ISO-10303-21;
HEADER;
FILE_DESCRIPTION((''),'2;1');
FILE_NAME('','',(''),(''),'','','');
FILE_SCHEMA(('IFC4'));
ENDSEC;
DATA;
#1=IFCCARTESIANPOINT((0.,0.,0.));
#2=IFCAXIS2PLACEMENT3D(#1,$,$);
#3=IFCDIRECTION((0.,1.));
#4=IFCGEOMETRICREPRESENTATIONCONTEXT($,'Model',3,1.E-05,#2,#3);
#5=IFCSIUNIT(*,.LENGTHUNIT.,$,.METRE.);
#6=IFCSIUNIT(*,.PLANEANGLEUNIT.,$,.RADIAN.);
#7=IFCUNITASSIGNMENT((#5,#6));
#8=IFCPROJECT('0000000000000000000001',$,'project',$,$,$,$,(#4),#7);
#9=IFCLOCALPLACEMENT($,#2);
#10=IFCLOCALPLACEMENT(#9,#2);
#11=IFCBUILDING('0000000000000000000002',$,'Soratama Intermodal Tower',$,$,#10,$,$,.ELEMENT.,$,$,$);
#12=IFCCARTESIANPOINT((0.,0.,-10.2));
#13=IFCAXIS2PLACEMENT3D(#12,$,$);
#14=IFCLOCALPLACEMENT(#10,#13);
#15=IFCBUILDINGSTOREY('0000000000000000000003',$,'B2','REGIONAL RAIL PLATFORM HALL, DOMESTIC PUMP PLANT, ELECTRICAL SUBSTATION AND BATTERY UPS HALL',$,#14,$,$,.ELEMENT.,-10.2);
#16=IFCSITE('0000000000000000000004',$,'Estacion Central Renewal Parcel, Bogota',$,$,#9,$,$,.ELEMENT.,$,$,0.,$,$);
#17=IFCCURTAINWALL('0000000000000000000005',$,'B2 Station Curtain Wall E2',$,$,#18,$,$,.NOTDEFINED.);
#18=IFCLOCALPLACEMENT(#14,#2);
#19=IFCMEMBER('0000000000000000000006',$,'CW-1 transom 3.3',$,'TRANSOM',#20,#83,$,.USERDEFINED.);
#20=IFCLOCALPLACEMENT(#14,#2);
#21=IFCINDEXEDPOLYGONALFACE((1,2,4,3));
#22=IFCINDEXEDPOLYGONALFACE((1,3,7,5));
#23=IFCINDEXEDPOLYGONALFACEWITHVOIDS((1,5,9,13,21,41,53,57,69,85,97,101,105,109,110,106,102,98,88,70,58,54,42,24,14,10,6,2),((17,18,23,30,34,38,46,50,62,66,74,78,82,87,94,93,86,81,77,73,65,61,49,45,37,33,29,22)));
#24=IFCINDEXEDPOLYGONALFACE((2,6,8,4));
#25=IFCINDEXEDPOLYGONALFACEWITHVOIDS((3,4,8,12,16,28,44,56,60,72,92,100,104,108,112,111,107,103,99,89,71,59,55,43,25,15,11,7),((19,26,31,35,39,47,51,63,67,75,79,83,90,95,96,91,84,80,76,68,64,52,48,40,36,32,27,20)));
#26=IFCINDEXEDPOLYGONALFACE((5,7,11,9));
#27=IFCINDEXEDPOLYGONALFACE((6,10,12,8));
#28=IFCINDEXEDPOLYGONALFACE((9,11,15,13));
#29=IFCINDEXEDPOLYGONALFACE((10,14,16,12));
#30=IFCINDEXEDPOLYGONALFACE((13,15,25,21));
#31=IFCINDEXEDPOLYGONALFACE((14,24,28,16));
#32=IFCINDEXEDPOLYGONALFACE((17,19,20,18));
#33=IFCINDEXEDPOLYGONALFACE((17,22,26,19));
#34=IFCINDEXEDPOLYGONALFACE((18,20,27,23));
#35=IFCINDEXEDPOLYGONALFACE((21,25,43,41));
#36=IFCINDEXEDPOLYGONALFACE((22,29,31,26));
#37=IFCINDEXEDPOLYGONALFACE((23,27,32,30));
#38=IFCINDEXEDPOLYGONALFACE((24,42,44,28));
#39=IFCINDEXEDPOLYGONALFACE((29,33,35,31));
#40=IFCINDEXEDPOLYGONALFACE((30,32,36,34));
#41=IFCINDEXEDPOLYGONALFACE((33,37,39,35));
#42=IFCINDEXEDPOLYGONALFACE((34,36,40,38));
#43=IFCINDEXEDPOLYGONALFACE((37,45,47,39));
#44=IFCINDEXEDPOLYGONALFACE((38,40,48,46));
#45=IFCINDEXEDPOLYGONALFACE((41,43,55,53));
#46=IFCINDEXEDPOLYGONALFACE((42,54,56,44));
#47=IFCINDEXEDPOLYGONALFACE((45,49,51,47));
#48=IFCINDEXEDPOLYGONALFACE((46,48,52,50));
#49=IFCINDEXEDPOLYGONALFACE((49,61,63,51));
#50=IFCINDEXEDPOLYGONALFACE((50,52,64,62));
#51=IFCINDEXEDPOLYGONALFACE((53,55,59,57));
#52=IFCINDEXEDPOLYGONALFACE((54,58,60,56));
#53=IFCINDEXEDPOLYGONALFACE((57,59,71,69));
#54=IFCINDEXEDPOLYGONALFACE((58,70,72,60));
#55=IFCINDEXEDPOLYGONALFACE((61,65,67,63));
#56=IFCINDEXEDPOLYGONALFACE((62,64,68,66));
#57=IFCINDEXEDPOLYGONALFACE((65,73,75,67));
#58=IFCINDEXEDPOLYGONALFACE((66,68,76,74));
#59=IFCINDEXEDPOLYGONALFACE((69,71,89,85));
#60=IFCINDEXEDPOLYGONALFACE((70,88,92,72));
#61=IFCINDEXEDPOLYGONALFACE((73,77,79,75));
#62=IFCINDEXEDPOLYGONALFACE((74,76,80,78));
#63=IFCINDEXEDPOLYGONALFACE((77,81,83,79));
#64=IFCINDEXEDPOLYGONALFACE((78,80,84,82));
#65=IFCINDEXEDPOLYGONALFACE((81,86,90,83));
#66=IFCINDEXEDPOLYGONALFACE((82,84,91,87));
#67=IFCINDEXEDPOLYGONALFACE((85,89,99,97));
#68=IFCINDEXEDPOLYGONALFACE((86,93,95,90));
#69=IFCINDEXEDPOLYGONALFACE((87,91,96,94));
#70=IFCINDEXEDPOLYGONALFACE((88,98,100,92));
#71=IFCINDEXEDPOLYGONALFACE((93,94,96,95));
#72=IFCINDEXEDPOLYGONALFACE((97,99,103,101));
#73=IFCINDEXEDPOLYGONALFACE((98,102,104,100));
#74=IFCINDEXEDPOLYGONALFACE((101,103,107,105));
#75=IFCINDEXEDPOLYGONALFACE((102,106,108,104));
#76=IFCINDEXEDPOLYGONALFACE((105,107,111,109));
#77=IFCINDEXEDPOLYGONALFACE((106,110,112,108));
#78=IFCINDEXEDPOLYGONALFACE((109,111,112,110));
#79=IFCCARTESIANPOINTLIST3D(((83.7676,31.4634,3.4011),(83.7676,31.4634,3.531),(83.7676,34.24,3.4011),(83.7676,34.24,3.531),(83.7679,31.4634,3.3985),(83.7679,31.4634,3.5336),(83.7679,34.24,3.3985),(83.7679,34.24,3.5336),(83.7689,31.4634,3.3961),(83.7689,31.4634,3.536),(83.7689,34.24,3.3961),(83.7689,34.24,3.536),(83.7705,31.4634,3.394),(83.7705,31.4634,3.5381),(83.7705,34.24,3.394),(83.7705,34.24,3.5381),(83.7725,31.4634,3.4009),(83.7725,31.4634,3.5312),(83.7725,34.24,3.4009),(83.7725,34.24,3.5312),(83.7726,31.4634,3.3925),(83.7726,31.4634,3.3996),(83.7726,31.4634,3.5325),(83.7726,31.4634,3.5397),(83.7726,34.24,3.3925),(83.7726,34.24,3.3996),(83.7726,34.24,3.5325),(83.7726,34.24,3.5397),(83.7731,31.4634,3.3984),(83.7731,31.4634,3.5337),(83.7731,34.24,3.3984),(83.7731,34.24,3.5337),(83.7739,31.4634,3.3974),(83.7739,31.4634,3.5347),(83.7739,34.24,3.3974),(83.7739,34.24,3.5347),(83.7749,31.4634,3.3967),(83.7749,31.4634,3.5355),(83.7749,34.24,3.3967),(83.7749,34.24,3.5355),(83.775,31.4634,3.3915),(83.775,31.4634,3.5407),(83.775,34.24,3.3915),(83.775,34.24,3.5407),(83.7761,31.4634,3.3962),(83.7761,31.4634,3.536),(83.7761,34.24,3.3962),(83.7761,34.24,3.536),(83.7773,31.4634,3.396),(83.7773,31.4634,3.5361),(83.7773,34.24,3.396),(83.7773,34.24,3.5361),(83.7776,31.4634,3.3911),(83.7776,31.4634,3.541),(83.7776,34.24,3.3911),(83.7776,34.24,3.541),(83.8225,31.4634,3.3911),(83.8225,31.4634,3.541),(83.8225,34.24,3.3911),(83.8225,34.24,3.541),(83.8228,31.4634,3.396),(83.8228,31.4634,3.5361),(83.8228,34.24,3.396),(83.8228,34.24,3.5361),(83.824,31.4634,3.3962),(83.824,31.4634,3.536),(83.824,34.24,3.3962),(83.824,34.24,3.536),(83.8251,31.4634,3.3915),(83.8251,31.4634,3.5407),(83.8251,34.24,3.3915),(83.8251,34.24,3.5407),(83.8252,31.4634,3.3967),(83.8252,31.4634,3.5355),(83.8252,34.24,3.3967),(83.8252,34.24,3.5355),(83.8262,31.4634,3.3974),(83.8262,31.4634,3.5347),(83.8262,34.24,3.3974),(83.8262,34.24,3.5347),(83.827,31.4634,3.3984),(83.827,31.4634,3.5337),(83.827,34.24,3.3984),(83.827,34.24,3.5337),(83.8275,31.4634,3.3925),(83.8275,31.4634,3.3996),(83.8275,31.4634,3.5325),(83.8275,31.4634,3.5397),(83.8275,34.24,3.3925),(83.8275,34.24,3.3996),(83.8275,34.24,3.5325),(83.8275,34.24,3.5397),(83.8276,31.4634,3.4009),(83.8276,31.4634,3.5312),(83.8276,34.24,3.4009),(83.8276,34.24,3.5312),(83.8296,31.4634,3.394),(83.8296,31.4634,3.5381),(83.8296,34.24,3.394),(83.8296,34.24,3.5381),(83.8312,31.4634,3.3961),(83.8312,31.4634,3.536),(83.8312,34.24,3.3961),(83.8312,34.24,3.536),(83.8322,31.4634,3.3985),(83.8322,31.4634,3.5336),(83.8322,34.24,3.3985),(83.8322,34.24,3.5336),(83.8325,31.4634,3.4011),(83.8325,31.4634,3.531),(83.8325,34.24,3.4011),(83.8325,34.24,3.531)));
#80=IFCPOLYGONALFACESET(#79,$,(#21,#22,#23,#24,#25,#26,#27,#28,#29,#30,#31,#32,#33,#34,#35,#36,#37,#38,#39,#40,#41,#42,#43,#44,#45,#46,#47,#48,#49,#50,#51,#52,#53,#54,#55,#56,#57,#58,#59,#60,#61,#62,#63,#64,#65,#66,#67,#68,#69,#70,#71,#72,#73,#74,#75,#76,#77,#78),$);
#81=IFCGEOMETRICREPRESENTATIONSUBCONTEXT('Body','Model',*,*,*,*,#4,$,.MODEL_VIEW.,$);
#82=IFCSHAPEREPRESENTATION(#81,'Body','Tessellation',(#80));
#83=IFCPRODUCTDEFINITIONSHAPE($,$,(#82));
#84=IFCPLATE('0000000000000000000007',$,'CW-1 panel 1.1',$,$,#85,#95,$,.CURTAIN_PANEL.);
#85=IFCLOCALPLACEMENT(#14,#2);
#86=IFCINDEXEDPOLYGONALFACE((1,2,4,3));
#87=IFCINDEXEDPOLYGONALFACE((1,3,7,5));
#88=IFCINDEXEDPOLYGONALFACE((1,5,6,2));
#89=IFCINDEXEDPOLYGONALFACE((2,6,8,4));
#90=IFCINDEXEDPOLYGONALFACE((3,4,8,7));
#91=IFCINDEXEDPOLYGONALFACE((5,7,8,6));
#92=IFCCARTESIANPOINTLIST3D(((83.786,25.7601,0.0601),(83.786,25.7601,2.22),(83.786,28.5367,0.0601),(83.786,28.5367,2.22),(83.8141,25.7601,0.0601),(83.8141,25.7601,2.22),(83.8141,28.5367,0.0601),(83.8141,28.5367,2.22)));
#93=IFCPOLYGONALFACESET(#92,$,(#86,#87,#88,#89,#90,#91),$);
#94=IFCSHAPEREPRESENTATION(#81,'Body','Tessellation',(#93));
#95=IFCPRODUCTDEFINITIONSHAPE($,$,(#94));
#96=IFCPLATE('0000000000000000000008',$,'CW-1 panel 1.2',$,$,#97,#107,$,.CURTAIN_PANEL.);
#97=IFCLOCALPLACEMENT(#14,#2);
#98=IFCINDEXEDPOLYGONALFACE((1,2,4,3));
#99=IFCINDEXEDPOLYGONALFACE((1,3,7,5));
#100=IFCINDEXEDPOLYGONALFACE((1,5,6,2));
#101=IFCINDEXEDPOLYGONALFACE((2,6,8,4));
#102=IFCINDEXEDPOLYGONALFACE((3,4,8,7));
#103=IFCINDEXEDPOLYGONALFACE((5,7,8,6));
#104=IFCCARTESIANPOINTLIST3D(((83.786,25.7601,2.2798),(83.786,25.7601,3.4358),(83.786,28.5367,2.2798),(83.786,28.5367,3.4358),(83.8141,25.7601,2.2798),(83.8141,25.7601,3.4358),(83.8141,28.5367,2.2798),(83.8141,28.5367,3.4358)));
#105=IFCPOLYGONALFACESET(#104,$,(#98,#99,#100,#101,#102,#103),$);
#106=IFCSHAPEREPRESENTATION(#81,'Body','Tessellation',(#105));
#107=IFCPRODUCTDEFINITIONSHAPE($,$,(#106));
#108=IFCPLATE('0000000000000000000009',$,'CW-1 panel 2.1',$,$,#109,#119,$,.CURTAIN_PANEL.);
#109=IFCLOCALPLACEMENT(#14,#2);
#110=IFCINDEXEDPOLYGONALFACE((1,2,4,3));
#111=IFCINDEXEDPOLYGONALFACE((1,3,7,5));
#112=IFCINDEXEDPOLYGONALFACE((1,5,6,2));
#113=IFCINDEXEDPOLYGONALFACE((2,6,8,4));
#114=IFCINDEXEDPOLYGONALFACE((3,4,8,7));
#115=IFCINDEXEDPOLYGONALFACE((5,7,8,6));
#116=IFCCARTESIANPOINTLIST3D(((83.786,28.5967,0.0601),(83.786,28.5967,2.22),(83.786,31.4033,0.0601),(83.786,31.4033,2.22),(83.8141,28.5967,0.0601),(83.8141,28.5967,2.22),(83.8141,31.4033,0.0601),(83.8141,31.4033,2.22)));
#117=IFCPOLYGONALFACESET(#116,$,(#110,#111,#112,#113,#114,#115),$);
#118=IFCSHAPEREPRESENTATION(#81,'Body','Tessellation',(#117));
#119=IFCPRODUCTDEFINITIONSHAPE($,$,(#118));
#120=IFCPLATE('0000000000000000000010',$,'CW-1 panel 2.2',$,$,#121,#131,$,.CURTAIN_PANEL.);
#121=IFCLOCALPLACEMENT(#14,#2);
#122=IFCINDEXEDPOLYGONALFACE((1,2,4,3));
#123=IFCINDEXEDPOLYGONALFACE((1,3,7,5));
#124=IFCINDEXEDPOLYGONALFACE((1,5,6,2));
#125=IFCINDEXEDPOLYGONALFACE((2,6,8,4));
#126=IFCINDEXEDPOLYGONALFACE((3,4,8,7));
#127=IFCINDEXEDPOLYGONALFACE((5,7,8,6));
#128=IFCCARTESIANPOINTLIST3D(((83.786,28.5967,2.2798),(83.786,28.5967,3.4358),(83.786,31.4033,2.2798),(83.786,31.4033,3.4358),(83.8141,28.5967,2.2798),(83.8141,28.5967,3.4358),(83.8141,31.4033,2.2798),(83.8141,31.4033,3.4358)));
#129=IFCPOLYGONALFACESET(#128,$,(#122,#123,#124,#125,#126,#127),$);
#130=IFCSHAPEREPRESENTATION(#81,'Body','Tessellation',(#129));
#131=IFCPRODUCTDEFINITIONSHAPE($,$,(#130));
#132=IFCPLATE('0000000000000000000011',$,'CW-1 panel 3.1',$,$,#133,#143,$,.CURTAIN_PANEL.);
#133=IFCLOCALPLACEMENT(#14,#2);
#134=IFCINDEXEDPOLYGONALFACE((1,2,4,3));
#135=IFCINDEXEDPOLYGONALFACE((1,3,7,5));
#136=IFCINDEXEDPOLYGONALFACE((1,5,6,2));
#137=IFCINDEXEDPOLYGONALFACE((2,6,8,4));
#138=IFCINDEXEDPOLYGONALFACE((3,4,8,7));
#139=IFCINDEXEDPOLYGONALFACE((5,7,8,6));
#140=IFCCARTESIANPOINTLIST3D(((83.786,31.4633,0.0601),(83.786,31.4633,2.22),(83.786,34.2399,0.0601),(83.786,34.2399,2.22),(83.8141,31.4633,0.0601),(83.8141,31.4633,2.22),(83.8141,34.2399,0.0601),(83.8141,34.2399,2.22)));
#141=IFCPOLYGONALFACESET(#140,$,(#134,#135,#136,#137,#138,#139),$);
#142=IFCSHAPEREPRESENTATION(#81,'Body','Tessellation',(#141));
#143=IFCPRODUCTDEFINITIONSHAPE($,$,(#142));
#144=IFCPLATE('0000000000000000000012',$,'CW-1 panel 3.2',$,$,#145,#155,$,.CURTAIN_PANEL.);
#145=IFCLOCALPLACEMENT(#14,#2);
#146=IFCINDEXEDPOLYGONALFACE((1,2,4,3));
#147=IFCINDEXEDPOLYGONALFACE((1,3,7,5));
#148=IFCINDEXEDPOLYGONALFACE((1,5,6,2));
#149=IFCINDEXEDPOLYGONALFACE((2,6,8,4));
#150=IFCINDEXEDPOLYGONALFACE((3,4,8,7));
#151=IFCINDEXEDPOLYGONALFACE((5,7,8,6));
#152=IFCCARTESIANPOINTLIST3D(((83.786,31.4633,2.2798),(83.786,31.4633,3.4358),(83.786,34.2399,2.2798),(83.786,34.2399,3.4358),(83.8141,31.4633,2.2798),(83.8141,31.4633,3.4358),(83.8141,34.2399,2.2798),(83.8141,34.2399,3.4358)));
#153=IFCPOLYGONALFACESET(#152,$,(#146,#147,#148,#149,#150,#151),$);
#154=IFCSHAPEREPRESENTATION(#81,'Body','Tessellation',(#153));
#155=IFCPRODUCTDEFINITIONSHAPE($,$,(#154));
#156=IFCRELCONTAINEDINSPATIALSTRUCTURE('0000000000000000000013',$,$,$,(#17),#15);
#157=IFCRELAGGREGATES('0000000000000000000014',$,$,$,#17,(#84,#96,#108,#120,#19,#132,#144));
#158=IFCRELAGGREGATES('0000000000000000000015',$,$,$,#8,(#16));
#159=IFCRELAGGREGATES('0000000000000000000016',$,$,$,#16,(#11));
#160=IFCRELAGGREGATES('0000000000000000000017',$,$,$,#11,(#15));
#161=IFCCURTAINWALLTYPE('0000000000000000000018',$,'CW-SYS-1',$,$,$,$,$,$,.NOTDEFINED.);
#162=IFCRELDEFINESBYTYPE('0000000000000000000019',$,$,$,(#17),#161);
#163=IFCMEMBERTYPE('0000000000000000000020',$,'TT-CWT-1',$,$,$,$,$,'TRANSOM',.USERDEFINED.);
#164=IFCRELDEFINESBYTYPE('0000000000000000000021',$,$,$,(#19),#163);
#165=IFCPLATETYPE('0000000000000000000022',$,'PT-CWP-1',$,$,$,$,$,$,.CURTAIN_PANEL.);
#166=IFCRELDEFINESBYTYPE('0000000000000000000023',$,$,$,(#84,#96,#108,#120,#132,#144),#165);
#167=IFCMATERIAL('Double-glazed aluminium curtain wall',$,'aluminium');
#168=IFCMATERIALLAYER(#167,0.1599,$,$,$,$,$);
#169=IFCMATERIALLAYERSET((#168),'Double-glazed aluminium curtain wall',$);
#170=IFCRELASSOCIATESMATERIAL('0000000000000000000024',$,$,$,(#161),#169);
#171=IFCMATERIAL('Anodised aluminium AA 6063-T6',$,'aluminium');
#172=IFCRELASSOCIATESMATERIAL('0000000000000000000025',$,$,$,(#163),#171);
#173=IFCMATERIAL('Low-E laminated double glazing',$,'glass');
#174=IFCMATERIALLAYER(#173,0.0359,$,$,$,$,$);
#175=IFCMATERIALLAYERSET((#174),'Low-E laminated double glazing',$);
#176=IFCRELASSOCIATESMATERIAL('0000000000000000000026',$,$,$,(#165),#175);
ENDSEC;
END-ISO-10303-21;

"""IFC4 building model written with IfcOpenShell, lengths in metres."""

from ifc_helpers import new_model, si_unit, direction, frame, origin, origin_2d, place, context, subcontext, project, spatial, rectangle, hollow_rectangle, extrude, material, layer, layer_set, material_profile, profile_set, type_object, element, aggregate, save


model = new_model("IFC4")

# Units and contexts
model_context = context("Model", 3, precision=1e-05, world=origin(), true_north=direction((0.0, 1.0)))
body_context = subcontext(model_context, "Body", "Model", "MODEL_VIEW")
ifc_project = project(units=[si_unit("LENGTHUNIT", "METRE"), si_unit("PLANEANGLEUNIT", "RADIAN")], contexts=[model_context])

# Site, building, storey
site_placement = place(None, origin())
site = spatial("IfcSite", under=ifc_project, at=site_placement, Name="Estacion Central Renewal Parcel, Bogota", CompositionType="ELEMENT", RefElevation=0.0)
building_placement = place(site_placement, origin())
building = spatial("IfcBuilding", under=site, at=building_placement, Name="Soratama Intermodal Tower", CompositionType="ELEMENT")
storey_placement = place(building_placement, frame((0.0, 0.0, -10.2)))
storey = spatial("IfcBuildingStorey", under=building, at=storey_placement, Name="B2", Description="REGIONAL RAIL PLATFORM HALL, DOMESTIC PUMP PLANT, ELECTRICAL SUBSTATION AND BATTERY UPS HALL", CompositionType="ELEMENT", Elevation=-10.2)

# Curtain wall, member, plates
ifc_material_1 = material(Name="Double-glazed aluminium curtain wall", Category="aluminium")
ifc_layer_1 = layer(ifc_material_1, 0.1599)
ifc_layer_set_1 = layer_set([ifc_layer_1], Name="Double-glazed aluminium curtain wall")
curtain_wall_type = type_object("IfcCurtainWallType", Name="CW-SYS-1", PredefinedType="NOTDEFINED", material=ifc_layer_set_1)
curtain_wall_placement = place(storey_placement, origin())
curtain_wall = element("IfcCurtainWall", 1, at=curtain_wall_placement, inside=storey, type_object=curtain_wall_type, Name="B2 Station Curtain Wall E2", PredefinedType="NOTDEFINED")
ifc_material_2 = material(Name="Anodised aluminium AA 6063-T6", Category="aluminium")
ifc_material_profile_1 = material_profile(ifc_material_2, hollow_rectangle(XDim=0.0649, YDim=0.1499, WallThickness=0.0049, InnerFilletRadius=0.0049, OuterFilletRadius=0.01, at=origin_2d()), Name="CWT150X65X5")
ifc_profile_set_1 = profile_set([ifc_material_profile_1], Name="Anodised aluminium AA 6063-T6")
member_type_1 = type_object("IfcMemberType", Name="TT-CWT-1", ElementType="TRANSOM", PredefinedType="USERDEFINED", material=ifc_profile_set_1)
member_1_placement = place(storey_placement, frame((83.8, 31.4634, 3.4661), z_axis=(0.0, 1.0, 0.0), x_axis=(-1.0, 0.0, 0.0)))
member_1 = element("IfcMember", 2, at=member_1_placement, type_object=member_type_1, Name="CW-1 transom 3.3", ObjectType="TRANSOM", PredefinedType="USERDEFINED", context=body_context, shape_type="SweptSolid", body=[
    extrude(hollow_rectangle(XDim=0.0649, YDim=0.1499, WallThickness=0.0049, InnerFilletRadius=0.0049, OuterFilletRadius=0.01, at=origin_2d()), origin(), (0.0, 0.0, 1.0), 2.7766),
])
ifc_material_3 = material(Name="Low-E laminated double glazing", Category="glass")
ifc_layer_2 = layer(ifc_material_3, 0.0359)
ifc_layer_set_2 = layer_set([ifc_layer_2], Name="Low-E laminated double glazing")
plate_type = type_object("IfcPlateType", Name="PT-CWP-1", PredefinedType="CURTAIN_PANEL", material=ifc_layer_set_2)
plate_1_placement = place(storey_placement, frame((83.8, 27.1484, 0.0601), z_axis=(0.0, 0.0, 1.0), x_axis=(0.0, 1.0, 0.0)))
plate_1 = element("IfcPlate", 3, at=plate_1_placement, type_object=plate_type, Name="CW-1 panel 1.1", PredefinedType="CURTAIN_PANEL", context=body_context, shape_type="SweptSolid", body=[
    extrude(rectangle(XDim=2.7766, YDim=0.0281, at=origin_2d()), origin(), (0.0, 0.0, 1.0), 2.1599),
])
plate_2_placement = place(storey_placement, frame((83.8, 27.1484, 2.2798), z_axis=(0.0, 0.0, 1.0), x_axis=(0.0, 1.0, 0.0)))
plate_2 = element("IfcPlate", 4, at=plate_2_placement, type_object=plate_type, Name="CW-1 panel 1.2", PredefinedType="CURTAIN_PANEL", context=body_context, shape_type="SweptSolid", body=[
    extrude(rectangle(XDim=2.7766, YDim=0.0281, at=origin_2d()), origin(), (0.0, 0.0, 1.0), 1.156),
])
plate_3_placement = place(storey_placement, frame((83.8, 30.0, 0.0601), z_axis=(0.0, 0.0, 1.0), x_axis=(0.0, 1.0, 0.0)))
plate_3 = element("IfcPlate", 5, at=plate_3_placement, type_object=plate_type, Name="CW-1 panel 2.1", PredefinedType="CURTAIN_PANEL", context=body_context, shape_type="SweptSolid", body=[
    extrude(rectangle(XDim=2.8066, YDim=0.0281, at=origin_2d()), origin(), (0.0, 0.0, 1.0), 2.1599),
])
plate_4_placement = place(storey_placement, frame((83.8, 30.0, 2.2798), z_axis=(0.0, 0.0, 1.0), x_axis=(0.0, 1.0, 0.0)))
plate_4 = element("IfcPlate", 6, at=plate_4_placement, type_object=plate_type, Name="CW-1 panel 2.2", PredefinedType="CURTAIN_PANEL", context=body_context, shape_type="SweptSolid", body=[
    extrude(rectangle(XDim=2.8066, YDim=0.0281, at=origin_2d()), origin(), (0.0, 0.0, 1.0), 1.156),
])
plate_5_placement = place(storey_placement, frame((83.8, 32.8516, 0.0601), z_axis=(0.0, 0.0, 1.0), x_axis=(0.0, 1.0, 0.0)))
plate_5 = element("IfcPlate", 7, at=plate_5_placement, type_object=plate_type, Name="CW-1 panel 3.1", PredefinedType="CURTAIN_PANEL", context=body_context, shape_type="SweptSolid", body=[
    extrude(rectangle(XDim=2.7766, YDim=0.0281, at=origin_2d()), origin(), (0.0, 0.0, 1.0), 2.1599),
])
plate_6_placement = place(storey_placement, frame((83.8, 32.8516, 2.2798), z_axis=(0.0, 0.0, 1.0), x_axis=(0.0, 1.0, 0.0)))
plate_6 = element("IfcPlate", 8, at=plate_6_placement, type_object=plate_type, Name="CW-1 panel 3.2", PredefinedType="CURTAIN_PANEL", context=body_context, shape_type="SweptSolid", body=[
    extrude(rectangle(XDim=2.7766, YDim=0.0281, at=origin_2d()), origin(), (0.0, 0.0, 1.0), 1.156),
])
aggregate(curtain_wall, [plate_1, plate_2, plate_3, plate_4, member_1, plate_5, plate_6])

save(model, "model.ifc")
